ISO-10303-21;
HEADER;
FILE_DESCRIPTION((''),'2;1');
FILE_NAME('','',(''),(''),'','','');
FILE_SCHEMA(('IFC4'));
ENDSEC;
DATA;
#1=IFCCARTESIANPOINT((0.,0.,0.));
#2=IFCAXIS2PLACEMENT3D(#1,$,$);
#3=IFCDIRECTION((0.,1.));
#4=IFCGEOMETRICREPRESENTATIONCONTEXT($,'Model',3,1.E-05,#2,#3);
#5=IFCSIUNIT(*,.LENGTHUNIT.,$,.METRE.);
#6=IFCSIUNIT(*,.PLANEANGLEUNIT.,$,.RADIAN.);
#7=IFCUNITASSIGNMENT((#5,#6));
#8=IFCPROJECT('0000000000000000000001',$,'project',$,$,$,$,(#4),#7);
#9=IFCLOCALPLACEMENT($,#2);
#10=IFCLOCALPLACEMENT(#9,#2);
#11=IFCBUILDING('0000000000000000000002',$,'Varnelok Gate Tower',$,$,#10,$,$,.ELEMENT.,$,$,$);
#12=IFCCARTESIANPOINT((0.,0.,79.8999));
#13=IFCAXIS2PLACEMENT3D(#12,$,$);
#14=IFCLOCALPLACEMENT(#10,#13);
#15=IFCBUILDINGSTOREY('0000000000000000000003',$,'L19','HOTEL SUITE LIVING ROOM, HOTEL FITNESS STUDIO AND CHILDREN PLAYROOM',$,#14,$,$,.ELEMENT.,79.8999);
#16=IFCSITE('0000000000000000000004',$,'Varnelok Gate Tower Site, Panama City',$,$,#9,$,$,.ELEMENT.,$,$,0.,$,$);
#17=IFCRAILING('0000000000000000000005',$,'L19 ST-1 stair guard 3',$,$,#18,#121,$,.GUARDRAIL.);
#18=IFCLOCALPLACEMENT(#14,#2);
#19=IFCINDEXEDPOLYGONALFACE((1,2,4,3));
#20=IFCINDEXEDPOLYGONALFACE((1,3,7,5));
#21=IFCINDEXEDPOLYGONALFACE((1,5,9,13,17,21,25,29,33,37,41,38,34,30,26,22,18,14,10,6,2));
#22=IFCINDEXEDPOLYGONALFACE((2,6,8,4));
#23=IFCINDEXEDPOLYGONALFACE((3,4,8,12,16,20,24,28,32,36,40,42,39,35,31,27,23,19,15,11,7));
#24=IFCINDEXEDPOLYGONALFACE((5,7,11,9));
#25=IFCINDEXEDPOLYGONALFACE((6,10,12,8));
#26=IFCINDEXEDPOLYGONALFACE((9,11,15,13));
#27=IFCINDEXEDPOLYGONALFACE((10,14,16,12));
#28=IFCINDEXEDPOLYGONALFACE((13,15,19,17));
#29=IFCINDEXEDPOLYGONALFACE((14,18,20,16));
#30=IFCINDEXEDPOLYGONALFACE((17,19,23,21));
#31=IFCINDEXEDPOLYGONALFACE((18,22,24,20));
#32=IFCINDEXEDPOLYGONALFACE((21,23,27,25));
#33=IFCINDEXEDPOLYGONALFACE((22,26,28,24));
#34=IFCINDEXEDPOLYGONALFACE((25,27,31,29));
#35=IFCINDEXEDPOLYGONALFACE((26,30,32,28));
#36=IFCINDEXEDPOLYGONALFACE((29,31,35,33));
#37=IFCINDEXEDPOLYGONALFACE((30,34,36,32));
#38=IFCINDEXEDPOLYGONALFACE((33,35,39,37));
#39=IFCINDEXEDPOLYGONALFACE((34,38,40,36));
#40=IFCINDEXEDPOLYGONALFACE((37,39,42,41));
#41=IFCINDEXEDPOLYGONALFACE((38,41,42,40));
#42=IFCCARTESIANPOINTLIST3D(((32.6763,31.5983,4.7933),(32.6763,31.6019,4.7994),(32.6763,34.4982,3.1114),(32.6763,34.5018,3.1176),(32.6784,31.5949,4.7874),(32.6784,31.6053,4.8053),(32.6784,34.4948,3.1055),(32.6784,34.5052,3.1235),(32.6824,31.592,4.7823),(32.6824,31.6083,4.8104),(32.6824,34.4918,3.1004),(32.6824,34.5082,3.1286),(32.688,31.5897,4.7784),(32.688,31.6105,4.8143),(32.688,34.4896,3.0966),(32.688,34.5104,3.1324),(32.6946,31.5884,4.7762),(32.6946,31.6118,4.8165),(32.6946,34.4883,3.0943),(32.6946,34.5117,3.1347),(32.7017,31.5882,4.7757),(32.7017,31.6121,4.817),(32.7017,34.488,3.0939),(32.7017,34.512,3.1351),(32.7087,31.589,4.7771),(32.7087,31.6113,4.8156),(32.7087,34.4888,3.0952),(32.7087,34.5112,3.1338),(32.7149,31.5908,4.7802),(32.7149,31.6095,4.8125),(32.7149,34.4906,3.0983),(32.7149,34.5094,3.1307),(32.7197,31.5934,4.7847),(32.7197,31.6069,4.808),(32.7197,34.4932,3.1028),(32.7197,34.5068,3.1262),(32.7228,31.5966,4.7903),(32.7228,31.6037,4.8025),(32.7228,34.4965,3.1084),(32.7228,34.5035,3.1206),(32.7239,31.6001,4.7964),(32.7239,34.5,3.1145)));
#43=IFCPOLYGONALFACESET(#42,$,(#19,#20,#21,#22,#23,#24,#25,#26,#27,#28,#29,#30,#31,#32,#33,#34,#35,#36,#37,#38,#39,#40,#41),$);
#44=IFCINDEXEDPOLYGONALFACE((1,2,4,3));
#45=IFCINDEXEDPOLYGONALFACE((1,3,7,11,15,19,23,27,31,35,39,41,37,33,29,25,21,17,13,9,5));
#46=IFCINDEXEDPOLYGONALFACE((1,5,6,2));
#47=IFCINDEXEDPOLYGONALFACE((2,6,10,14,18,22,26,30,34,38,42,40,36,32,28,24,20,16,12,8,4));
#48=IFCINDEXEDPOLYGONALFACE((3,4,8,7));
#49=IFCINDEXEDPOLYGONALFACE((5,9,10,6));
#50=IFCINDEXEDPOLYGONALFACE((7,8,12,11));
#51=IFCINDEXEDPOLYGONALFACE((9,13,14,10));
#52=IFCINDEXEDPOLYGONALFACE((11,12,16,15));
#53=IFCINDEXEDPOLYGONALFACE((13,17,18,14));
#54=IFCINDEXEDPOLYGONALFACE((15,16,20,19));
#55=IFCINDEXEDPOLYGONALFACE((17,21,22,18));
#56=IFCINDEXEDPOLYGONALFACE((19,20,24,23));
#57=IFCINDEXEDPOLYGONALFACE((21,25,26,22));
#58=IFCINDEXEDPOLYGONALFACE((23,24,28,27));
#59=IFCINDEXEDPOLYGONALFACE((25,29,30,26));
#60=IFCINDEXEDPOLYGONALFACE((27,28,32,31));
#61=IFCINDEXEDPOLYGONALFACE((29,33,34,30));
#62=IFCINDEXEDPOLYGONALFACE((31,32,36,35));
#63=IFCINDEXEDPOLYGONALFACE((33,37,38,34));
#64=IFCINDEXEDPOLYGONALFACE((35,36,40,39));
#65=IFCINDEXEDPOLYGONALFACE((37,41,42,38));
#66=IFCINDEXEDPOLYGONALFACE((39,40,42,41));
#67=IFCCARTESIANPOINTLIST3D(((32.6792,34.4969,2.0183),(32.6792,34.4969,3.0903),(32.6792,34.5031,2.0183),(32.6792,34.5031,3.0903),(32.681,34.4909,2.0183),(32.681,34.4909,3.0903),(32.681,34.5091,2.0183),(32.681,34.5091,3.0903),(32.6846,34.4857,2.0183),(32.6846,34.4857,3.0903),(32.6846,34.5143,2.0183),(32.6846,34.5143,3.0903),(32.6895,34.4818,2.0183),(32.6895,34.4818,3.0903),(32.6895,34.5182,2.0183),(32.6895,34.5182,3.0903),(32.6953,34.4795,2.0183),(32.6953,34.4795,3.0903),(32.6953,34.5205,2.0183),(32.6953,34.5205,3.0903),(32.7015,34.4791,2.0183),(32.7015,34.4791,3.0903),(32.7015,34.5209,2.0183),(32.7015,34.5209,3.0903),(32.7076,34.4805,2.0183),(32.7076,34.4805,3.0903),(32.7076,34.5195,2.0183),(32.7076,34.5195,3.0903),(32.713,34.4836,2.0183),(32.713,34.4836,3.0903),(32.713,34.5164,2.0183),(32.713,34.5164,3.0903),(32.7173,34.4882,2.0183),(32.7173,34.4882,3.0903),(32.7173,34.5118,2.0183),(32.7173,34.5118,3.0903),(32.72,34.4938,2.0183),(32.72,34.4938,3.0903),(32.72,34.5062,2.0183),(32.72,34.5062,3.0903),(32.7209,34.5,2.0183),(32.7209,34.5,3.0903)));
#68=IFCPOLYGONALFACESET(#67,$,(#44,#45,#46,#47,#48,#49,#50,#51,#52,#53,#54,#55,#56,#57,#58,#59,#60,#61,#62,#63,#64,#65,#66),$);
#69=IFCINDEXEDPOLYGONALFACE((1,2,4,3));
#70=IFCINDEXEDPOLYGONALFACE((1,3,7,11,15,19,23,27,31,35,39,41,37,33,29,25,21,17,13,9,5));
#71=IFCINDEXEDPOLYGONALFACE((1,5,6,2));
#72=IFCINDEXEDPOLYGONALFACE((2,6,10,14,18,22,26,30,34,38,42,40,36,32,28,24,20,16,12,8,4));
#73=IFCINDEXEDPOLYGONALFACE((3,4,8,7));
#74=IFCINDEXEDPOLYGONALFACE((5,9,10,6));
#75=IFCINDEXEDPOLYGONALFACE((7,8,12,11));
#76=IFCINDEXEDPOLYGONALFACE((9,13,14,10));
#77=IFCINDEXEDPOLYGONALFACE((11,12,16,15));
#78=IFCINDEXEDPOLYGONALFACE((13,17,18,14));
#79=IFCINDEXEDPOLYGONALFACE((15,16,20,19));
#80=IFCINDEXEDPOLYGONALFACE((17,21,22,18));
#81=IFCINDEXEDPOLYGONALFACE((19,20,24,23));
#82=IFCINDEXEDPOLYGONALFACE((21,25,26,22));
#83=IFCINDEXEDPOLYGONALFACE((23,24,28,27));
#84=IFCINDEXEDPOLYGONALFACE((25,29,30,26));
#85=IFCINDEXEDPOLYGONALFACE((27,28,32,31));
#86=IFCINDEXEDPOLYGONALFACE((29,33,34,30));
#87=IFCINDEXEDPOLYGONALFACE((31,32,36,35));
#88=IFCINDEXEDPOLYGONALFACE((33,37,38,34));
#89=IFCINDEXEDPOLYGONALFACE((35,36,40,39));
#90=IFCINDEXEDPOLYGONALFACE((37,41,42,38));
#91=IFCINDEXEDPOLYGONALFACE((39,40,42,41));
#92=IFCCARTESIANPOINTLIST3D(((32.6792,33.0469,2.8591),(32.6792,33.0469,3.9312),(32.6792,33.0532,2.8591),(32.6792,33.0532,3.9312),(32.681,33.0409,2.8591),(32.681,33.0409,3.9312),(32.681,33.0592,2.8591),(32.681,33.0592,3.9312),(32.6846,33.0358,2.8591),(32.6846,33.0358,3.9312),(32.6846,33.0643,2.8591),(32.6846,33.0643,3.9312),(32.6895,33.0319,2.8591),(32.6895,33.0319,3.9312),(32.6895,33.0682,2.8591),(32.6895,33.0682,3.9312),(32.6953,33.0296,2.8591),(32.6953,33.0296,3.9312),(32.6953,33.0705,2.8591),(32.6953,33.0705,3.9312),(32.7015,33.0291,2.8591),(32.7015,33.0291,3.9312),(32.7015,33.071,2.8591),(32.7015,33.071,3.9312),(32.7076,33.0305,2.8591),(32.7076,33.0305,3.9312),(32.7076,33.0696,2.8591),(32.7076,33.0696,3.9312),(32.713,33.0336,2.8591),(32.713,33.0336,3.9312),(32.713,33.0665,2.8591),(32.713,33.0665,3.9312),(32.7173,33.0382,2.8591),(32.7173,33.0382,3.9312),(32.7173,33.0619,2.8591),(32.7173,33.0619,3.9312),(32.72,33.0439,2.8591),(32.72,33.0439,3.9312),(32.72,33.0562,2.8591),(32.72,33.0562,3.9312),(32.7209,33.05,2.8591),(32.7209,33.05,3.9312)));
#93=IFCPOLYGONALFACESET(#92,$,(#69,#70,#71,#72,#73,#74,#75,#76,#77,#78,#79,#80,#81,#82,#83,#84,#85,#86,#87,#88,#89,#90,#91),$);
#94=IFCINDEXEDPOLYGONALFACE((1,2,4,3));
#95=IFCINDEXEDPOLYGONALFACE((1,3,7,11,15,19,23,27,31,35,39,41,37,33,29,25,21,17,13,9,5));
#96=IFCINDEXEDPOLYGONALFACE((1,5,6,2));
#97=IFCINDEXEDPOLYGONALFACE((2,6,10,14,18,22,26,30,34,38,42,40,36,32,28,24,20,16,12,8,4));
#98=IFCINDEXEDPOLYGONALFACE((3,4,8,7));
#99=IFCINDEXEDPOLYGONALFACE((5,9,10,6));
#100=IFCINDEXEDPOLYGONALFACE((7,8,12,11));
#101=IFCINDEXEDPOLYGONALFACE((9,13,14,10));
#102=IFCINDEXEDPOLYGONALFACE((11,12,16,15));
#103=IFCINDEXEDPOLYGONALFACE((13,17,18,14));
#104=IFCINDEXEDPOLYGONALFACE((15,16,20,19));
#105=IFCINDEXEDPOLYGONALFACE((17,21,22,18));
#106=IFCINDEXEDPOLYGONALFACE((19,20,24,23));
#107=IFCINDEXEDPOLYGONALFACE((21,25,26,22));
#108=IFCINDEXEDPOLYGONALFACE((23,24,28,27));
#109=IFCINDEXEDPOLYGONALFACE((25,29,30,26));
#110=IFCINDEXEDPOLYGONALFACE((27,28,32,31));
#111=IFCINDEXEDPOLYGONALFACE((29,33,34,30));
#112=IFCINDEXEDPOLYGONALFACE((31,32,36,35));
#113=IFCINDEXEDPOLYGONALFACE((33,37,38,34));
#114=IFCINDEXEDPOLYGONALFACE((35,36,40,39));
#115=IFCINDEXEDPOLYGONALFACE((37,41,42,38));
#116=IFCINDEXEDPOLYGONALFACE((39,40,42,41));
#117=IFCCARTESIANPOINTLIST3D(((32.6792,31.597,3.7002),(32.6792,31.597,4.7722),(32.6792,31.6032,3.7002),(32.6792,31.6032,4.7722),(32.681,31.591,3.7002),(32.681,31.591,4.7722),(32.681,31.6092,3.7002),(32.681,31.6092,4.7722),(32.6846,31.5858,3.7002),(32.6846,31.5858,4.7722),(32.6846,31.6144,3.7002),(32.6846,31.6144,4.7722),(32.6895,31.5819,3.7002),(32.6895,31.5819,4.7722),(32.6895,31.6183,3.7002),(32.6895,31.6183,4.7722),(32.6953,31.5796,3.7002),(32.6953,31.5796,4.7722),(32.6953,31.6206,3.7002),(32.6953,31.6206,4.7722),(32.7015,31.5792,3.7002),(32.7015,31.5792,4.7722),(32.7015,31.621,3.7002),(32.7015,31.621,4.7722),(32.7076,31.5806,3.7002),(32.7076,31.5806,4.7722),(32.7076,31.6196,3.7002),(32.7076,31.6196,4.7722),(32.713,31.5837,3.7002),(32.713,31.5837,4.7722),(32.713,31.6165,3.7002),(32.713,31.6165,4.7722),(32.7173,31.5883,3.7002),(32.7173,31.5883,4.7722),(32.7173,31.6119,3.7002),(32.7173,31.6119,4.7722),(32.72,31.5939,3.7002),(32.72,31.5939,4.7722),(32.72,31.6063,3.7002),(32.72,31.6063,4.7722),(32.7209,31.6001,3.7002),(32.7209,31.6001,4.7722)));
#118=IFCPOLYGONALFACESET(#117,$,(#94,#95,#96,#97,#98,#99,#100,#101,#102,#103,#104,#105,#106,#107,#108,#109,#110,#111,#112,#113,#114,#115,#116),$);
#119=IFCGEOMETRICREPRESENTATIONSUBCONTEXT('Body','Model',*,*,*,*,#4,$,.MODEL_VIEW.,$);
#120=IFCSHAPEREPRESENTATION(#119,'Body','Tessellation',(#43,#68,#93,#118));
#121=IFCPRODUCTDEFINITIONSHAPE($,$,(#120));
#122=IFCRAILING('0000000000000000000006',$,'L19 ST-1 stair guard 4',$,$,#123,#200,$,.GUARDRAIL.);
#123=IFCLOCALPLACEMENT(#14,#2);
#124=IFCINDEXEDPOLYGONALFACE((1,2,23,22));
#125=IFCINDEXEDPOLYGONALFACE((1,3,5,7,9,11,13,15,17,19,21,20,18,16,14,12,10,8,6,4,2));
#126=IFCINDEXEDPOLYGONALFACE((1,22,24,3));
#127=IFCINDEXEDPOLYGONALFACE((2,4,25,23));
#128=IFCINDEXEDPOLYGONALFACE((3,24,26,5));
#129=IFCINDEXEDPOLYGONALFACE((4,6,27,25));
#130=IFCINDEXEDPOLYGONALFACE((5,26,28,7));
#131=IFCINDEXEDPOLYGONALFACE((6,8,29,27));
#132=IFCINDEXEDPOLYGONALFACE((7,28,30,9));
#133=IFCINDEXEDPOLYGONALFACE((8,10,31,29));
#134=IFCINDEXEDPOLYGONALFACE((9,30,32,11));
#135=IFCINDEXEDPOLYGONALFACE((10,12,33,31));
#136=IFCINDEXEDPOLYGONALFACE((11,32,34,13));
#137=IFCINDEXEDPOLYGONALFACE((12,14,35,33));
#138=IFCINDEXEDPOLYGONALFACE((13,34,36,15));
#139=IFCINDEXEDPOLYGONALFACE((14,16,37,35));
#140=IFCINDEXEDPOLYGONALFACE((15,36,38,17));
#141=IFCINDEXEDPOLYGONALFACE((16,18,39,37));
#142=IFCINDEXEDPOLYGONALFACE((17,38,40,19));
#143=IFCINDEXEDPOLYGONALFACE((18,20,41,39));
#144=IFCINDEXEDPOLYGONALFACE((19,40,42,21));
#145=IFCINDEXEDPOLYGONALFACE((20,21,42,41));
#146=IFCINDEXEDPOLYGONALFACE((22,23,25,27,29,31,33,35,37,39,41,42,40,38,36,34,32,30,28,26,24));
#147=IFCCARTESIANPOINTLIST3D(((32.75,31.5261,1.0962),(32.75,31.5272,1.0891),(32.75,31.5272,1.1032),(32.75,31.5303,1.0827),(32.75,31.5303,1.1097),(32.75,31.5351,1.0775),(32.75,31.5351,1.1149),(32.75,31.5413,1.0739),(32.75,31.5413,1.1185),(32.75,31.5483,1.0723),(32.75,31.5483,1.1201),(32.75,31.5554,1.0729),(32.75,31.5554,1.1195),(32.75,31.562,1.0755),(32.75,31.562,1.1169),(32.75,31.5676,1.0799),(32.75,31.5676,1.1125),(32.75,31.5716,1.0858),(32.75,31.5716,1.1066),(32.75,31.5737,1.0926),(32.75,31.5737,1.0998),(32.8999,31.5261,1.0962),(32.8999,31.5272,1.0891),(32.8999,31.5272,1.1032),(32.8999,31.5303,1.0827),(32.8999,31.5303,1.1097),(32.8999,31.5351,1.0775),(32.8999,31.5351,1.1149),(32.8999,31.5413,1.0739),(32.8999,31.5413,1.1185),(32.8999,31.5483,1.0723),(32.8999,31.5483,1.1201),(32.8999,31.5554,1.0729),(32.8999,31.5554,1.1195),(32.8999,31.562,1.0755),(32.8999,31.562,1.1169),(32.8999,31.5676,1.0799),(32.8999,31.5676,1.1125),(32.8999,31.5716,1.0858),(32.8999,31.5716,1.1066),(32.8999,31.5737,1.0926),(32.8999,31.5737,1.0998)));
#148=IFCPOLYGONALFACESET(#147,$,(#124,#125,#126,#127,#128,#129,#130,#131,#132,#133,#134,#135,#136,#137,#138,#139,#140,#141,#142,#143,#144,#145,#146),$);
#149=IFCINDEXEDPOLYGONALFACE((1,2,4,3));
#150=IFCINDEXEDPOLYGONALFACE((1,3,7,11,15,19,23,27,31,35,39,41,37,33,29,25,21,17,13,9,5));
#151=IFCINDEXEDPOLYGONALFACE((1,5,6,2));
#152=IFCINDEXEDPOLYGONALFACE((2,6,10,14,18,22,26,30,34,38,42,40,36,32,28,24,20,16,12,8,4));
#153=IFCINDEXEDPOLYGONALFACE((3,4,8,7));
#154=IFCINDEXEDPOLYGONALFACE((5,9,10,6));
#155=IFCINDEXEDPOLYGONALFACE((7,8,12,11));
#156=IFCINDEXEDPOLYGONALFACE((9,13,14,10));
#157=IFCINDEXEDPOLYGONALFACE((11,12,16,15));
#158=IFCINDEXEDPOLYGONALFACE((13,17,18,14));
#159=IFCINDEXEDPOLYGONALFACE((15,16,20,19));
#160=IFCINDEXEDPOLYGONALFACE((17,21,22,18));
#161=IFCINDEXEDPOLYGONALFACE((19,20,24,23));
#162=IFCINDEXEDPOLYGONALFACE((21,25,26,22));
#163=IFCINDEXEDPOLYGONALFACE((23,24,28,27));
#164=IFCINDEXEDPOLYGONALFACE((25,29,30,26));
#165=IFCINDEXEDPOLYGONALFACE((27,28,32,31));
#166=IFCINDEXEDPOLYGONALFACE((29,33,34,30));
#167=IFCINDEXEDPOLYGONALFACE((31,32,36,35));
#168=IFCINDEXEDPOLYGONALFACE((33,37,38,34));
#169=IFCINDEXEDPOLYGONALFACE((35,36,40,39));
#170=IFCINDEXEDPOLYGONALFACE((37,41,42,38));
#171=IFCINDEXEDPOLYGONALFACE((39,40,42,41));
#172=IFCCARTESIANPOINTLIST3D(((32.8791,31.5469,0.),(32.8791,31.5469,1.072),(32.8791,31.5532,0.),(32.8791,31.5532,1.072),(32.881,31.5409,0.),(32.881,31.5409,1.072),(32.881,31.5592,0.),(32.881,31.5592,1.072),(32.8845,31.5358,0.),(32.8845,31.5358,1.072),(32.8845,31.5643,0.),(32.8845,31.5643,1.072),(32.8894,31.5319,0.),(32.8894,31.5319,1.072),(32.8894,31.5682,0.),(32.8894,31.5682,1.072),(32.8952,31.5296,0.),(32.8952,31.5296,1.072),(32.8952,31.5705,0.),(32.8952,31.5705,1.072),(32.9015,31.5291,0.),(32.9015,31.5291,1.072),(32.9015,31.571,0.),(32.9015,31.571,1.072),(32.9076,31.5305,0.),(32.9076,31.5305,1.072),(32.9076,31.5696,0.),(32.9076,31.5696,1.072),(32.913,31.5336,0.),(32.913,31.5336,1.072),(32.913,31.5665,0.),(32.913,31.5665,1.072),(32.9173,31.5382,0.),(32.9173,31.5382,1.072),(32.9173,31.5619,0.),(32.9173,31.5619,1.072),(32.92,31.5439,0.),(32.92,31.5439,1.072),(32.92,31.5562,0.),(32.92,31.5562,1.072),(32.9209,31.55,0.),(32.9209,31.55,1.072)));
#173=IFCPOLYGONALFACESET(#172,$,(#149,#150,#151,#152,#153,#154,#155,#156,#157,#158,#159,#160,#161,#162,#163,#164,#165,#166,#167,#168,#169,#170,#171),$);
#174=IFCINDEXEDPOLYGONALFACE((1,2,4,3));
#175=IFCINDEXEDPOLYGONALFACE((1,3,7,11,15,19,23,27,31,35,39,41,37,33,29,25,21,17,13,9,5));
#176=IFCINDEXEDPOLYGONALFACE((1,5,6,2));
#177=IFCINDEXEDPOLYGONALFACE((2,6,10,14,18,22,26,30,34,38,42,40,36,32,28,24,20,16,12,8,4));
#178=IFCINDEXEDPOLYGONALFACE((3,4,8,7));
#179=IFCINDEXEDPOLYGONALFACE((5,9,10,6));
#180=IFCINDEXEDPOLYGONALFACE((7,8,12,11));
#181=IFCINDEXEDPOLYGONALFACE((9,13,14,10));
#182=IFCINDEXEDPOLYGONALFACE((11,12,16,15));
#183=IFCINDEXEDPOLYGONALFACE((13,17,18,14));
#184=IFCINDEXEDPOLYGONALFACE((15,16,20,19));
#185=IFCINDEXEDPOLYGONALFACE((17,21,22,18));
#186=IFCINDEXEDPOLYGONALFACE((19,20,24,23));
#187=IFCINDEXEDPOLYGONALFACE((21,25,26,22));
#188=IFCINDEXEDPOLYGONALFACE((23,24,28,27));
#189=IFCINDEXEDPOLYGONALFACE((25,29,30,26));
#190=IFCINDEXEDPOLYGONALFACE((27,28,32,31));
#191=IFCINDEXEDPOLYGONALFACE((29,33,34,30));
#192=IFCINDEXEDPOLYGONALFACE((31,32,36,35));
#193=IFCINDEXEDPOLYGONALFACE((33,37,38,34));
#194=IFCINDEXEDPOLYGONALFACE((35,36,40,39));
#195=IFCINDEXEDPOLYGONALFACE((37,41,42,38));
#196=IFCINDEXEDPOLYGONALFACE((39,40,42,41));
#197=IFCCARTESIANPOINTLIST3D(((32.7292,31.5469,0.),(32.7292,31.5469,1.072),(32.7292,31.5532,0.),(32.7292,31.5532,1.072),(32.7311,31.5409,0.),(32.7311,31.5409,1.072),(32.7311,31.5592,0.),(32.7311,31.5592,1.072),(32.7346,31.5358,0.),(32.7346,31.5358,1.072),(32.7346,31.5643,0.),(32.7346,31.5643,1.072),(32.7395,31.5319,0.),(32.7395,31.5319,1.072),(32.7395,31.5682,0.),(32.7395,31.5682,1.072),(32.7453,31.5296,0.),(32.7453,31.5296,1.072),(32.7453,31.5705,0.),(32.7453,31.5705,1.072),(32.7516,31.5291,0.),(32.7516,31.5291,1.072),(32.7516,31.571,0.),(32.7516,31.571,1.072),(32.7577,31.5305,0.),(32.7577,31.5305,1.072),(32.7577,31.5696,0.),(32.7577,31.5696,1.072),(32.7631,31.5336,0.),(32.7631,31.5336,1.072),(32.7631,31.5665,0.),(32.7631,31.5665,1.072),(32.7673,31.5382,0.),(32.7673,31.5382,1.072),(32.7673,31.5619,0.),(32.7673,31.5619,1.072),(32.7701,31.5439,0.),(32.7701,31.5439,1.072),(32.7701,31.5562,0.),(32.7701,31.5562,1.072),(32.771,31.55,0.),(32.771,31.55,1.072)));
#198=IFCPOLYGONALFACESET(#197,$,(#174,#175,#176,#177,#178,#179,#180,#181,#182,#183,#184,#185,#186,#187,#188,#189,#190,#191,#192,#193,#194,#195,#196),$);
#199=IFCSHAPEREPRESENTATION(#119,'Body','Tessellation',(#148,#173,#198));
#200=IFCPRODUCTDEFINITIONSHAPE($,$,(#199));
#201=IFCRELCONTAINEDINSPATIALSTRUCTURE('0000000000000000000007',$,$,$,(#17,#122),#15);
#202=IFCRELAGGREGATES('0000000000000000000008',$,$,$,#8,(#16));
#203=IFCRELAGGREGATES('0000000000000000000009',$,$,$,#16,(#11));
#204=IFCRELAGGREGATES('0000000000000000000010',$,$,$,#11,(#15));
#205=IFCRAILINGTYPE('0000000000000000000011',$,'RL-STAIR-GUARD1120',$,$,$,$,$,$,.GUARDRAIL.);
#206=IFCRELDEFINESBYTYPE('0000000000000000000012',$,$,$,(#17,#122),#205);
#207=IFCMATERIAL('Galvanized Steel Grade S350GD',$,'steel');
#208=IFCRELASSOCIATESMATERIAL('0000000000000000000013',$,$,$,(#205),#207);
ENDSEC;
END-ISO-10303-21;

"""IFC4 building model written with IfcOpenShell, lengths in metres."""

from ifc_helpers import new_model, si_unit, direction, frame, origin, origin_2d, place, context, subcontext, project, spatial, circle, extrude, material, type_object, element, save


model = new_model("IFC4")

# Units and contexts
model_context = context("Model", 3, precision=1e-05, world=origin(), true_north=direction((0.0, 1.0)))
body_context = subcontext(model_context, "Body", "Model", "MODEL_VIEW")
ifc_project = project(units=[si_unit("LENGTHUNIT", "METRE"), si_unit("PLANEANGLEUNIT", "RADIAN")], contexts=[model_context])

# Site, building, storey
site_placement = place(None, origin())
site = spatial("IfcSite", under=ifc_project, at=site_placement, Name="Varnelok Gate Tower Site, Panama City", CompositionType="ELEMENT", RefElevation=0.0)
building_placement = place(site_placement, origin())
building = spatial("IfcBuilding", under=site, at=building_placement, Name="Varnelok Gate Tower", CompositionType="ELEMENT")
storey_placement = place(building_placement, frame((0.0, 0.0, 79.8999)))
storey = spatial("IfcBuildingStorey", under=building, at=storey_placement, Name="L19", Description="HOTEL SUITE LIVING ROOM, HOTEL FITNESS STUDIO AND CHILDREN PLAYROOM", CompositionType="ELEMENT", Elevation=79.8999)

# Shared definitions
ifc_material_1 = material(Name="Galvanized Steel Grade S350GD", Category="steel")

# Railings
railing_type_1 = type_object("IfcRailingType", Name="RL-STAIR-GUARD1120", PredefinedType="GUARDRAIL", material=ifc_material_1)
railing_1_placement = place(storey_placement, frame((32.7, 34.5, 2.0183)))
element("IfcRailing", 1, at=railing_1_placement, inside=storey, type_object=railing_type_1, Name="L19 ST-1 stair guard 3", PredefinedType="GUARDRAIL", context=body_context, shape_type="SweptSolid", body=[
    extrude(circle(Radius=0.0239, at=origin_2d()), frame((0.0, 0.0, 1.0962), z_axis=(0.0, -0.865039, 0.501705), x_axis=(1.0, 0.0, 0.0)), (0.0, 0.0, 1.0), 3.3523),
    extrude(circle(Radius=0.021, at=origin_2d()), origin(), (0.0, 0.0, 1.0), 1.072),
    extrude(circle(Radius=0.021, at=origin_2d()), frame((0.0, -1.45, 0.8408)), (0.0, 0.0, 1.0), 1.072),
    extrude(circle(Radius=0.021, at=origin_2d()), frame((0.0, -2.8999, 1.6819)), (0.0, 0.0, 1.0), 1.072),
])
railing_2_placement = place(storey_placement, frame((32.8999, 31.55, 0.0)))
element("IfcRailing", 2, at=railing_2_placement, inside=storey, type_object=railing_type_1, Name="L19 ST-1 stair guard 4", PredefinedType="GUARDRAIL", context=body_context, shape_type="SweptSolid", body=[
    extrude(circle(Radius=0.0239, at=origin_2d()), frame((0.0, 0.0, 1.0962), z_axis=(-1.0, 0.0, 0.0), x_axis=(0.0, -1.0, 0.0)), (0.0, 0.0, 1.0), 0.1499),
    extrude(circle(Radius=0.021, at=origin_2d()), origin(), (0.0, 0.0, 1.0), 1.072),
    extrude(circle(Radius=0.021, at=origin_2d()), frame((-0.1499, 0.0, 0.0)), (0.0, 0.0, 1.0), 1.072),
])

save(model, "model.ifc")
